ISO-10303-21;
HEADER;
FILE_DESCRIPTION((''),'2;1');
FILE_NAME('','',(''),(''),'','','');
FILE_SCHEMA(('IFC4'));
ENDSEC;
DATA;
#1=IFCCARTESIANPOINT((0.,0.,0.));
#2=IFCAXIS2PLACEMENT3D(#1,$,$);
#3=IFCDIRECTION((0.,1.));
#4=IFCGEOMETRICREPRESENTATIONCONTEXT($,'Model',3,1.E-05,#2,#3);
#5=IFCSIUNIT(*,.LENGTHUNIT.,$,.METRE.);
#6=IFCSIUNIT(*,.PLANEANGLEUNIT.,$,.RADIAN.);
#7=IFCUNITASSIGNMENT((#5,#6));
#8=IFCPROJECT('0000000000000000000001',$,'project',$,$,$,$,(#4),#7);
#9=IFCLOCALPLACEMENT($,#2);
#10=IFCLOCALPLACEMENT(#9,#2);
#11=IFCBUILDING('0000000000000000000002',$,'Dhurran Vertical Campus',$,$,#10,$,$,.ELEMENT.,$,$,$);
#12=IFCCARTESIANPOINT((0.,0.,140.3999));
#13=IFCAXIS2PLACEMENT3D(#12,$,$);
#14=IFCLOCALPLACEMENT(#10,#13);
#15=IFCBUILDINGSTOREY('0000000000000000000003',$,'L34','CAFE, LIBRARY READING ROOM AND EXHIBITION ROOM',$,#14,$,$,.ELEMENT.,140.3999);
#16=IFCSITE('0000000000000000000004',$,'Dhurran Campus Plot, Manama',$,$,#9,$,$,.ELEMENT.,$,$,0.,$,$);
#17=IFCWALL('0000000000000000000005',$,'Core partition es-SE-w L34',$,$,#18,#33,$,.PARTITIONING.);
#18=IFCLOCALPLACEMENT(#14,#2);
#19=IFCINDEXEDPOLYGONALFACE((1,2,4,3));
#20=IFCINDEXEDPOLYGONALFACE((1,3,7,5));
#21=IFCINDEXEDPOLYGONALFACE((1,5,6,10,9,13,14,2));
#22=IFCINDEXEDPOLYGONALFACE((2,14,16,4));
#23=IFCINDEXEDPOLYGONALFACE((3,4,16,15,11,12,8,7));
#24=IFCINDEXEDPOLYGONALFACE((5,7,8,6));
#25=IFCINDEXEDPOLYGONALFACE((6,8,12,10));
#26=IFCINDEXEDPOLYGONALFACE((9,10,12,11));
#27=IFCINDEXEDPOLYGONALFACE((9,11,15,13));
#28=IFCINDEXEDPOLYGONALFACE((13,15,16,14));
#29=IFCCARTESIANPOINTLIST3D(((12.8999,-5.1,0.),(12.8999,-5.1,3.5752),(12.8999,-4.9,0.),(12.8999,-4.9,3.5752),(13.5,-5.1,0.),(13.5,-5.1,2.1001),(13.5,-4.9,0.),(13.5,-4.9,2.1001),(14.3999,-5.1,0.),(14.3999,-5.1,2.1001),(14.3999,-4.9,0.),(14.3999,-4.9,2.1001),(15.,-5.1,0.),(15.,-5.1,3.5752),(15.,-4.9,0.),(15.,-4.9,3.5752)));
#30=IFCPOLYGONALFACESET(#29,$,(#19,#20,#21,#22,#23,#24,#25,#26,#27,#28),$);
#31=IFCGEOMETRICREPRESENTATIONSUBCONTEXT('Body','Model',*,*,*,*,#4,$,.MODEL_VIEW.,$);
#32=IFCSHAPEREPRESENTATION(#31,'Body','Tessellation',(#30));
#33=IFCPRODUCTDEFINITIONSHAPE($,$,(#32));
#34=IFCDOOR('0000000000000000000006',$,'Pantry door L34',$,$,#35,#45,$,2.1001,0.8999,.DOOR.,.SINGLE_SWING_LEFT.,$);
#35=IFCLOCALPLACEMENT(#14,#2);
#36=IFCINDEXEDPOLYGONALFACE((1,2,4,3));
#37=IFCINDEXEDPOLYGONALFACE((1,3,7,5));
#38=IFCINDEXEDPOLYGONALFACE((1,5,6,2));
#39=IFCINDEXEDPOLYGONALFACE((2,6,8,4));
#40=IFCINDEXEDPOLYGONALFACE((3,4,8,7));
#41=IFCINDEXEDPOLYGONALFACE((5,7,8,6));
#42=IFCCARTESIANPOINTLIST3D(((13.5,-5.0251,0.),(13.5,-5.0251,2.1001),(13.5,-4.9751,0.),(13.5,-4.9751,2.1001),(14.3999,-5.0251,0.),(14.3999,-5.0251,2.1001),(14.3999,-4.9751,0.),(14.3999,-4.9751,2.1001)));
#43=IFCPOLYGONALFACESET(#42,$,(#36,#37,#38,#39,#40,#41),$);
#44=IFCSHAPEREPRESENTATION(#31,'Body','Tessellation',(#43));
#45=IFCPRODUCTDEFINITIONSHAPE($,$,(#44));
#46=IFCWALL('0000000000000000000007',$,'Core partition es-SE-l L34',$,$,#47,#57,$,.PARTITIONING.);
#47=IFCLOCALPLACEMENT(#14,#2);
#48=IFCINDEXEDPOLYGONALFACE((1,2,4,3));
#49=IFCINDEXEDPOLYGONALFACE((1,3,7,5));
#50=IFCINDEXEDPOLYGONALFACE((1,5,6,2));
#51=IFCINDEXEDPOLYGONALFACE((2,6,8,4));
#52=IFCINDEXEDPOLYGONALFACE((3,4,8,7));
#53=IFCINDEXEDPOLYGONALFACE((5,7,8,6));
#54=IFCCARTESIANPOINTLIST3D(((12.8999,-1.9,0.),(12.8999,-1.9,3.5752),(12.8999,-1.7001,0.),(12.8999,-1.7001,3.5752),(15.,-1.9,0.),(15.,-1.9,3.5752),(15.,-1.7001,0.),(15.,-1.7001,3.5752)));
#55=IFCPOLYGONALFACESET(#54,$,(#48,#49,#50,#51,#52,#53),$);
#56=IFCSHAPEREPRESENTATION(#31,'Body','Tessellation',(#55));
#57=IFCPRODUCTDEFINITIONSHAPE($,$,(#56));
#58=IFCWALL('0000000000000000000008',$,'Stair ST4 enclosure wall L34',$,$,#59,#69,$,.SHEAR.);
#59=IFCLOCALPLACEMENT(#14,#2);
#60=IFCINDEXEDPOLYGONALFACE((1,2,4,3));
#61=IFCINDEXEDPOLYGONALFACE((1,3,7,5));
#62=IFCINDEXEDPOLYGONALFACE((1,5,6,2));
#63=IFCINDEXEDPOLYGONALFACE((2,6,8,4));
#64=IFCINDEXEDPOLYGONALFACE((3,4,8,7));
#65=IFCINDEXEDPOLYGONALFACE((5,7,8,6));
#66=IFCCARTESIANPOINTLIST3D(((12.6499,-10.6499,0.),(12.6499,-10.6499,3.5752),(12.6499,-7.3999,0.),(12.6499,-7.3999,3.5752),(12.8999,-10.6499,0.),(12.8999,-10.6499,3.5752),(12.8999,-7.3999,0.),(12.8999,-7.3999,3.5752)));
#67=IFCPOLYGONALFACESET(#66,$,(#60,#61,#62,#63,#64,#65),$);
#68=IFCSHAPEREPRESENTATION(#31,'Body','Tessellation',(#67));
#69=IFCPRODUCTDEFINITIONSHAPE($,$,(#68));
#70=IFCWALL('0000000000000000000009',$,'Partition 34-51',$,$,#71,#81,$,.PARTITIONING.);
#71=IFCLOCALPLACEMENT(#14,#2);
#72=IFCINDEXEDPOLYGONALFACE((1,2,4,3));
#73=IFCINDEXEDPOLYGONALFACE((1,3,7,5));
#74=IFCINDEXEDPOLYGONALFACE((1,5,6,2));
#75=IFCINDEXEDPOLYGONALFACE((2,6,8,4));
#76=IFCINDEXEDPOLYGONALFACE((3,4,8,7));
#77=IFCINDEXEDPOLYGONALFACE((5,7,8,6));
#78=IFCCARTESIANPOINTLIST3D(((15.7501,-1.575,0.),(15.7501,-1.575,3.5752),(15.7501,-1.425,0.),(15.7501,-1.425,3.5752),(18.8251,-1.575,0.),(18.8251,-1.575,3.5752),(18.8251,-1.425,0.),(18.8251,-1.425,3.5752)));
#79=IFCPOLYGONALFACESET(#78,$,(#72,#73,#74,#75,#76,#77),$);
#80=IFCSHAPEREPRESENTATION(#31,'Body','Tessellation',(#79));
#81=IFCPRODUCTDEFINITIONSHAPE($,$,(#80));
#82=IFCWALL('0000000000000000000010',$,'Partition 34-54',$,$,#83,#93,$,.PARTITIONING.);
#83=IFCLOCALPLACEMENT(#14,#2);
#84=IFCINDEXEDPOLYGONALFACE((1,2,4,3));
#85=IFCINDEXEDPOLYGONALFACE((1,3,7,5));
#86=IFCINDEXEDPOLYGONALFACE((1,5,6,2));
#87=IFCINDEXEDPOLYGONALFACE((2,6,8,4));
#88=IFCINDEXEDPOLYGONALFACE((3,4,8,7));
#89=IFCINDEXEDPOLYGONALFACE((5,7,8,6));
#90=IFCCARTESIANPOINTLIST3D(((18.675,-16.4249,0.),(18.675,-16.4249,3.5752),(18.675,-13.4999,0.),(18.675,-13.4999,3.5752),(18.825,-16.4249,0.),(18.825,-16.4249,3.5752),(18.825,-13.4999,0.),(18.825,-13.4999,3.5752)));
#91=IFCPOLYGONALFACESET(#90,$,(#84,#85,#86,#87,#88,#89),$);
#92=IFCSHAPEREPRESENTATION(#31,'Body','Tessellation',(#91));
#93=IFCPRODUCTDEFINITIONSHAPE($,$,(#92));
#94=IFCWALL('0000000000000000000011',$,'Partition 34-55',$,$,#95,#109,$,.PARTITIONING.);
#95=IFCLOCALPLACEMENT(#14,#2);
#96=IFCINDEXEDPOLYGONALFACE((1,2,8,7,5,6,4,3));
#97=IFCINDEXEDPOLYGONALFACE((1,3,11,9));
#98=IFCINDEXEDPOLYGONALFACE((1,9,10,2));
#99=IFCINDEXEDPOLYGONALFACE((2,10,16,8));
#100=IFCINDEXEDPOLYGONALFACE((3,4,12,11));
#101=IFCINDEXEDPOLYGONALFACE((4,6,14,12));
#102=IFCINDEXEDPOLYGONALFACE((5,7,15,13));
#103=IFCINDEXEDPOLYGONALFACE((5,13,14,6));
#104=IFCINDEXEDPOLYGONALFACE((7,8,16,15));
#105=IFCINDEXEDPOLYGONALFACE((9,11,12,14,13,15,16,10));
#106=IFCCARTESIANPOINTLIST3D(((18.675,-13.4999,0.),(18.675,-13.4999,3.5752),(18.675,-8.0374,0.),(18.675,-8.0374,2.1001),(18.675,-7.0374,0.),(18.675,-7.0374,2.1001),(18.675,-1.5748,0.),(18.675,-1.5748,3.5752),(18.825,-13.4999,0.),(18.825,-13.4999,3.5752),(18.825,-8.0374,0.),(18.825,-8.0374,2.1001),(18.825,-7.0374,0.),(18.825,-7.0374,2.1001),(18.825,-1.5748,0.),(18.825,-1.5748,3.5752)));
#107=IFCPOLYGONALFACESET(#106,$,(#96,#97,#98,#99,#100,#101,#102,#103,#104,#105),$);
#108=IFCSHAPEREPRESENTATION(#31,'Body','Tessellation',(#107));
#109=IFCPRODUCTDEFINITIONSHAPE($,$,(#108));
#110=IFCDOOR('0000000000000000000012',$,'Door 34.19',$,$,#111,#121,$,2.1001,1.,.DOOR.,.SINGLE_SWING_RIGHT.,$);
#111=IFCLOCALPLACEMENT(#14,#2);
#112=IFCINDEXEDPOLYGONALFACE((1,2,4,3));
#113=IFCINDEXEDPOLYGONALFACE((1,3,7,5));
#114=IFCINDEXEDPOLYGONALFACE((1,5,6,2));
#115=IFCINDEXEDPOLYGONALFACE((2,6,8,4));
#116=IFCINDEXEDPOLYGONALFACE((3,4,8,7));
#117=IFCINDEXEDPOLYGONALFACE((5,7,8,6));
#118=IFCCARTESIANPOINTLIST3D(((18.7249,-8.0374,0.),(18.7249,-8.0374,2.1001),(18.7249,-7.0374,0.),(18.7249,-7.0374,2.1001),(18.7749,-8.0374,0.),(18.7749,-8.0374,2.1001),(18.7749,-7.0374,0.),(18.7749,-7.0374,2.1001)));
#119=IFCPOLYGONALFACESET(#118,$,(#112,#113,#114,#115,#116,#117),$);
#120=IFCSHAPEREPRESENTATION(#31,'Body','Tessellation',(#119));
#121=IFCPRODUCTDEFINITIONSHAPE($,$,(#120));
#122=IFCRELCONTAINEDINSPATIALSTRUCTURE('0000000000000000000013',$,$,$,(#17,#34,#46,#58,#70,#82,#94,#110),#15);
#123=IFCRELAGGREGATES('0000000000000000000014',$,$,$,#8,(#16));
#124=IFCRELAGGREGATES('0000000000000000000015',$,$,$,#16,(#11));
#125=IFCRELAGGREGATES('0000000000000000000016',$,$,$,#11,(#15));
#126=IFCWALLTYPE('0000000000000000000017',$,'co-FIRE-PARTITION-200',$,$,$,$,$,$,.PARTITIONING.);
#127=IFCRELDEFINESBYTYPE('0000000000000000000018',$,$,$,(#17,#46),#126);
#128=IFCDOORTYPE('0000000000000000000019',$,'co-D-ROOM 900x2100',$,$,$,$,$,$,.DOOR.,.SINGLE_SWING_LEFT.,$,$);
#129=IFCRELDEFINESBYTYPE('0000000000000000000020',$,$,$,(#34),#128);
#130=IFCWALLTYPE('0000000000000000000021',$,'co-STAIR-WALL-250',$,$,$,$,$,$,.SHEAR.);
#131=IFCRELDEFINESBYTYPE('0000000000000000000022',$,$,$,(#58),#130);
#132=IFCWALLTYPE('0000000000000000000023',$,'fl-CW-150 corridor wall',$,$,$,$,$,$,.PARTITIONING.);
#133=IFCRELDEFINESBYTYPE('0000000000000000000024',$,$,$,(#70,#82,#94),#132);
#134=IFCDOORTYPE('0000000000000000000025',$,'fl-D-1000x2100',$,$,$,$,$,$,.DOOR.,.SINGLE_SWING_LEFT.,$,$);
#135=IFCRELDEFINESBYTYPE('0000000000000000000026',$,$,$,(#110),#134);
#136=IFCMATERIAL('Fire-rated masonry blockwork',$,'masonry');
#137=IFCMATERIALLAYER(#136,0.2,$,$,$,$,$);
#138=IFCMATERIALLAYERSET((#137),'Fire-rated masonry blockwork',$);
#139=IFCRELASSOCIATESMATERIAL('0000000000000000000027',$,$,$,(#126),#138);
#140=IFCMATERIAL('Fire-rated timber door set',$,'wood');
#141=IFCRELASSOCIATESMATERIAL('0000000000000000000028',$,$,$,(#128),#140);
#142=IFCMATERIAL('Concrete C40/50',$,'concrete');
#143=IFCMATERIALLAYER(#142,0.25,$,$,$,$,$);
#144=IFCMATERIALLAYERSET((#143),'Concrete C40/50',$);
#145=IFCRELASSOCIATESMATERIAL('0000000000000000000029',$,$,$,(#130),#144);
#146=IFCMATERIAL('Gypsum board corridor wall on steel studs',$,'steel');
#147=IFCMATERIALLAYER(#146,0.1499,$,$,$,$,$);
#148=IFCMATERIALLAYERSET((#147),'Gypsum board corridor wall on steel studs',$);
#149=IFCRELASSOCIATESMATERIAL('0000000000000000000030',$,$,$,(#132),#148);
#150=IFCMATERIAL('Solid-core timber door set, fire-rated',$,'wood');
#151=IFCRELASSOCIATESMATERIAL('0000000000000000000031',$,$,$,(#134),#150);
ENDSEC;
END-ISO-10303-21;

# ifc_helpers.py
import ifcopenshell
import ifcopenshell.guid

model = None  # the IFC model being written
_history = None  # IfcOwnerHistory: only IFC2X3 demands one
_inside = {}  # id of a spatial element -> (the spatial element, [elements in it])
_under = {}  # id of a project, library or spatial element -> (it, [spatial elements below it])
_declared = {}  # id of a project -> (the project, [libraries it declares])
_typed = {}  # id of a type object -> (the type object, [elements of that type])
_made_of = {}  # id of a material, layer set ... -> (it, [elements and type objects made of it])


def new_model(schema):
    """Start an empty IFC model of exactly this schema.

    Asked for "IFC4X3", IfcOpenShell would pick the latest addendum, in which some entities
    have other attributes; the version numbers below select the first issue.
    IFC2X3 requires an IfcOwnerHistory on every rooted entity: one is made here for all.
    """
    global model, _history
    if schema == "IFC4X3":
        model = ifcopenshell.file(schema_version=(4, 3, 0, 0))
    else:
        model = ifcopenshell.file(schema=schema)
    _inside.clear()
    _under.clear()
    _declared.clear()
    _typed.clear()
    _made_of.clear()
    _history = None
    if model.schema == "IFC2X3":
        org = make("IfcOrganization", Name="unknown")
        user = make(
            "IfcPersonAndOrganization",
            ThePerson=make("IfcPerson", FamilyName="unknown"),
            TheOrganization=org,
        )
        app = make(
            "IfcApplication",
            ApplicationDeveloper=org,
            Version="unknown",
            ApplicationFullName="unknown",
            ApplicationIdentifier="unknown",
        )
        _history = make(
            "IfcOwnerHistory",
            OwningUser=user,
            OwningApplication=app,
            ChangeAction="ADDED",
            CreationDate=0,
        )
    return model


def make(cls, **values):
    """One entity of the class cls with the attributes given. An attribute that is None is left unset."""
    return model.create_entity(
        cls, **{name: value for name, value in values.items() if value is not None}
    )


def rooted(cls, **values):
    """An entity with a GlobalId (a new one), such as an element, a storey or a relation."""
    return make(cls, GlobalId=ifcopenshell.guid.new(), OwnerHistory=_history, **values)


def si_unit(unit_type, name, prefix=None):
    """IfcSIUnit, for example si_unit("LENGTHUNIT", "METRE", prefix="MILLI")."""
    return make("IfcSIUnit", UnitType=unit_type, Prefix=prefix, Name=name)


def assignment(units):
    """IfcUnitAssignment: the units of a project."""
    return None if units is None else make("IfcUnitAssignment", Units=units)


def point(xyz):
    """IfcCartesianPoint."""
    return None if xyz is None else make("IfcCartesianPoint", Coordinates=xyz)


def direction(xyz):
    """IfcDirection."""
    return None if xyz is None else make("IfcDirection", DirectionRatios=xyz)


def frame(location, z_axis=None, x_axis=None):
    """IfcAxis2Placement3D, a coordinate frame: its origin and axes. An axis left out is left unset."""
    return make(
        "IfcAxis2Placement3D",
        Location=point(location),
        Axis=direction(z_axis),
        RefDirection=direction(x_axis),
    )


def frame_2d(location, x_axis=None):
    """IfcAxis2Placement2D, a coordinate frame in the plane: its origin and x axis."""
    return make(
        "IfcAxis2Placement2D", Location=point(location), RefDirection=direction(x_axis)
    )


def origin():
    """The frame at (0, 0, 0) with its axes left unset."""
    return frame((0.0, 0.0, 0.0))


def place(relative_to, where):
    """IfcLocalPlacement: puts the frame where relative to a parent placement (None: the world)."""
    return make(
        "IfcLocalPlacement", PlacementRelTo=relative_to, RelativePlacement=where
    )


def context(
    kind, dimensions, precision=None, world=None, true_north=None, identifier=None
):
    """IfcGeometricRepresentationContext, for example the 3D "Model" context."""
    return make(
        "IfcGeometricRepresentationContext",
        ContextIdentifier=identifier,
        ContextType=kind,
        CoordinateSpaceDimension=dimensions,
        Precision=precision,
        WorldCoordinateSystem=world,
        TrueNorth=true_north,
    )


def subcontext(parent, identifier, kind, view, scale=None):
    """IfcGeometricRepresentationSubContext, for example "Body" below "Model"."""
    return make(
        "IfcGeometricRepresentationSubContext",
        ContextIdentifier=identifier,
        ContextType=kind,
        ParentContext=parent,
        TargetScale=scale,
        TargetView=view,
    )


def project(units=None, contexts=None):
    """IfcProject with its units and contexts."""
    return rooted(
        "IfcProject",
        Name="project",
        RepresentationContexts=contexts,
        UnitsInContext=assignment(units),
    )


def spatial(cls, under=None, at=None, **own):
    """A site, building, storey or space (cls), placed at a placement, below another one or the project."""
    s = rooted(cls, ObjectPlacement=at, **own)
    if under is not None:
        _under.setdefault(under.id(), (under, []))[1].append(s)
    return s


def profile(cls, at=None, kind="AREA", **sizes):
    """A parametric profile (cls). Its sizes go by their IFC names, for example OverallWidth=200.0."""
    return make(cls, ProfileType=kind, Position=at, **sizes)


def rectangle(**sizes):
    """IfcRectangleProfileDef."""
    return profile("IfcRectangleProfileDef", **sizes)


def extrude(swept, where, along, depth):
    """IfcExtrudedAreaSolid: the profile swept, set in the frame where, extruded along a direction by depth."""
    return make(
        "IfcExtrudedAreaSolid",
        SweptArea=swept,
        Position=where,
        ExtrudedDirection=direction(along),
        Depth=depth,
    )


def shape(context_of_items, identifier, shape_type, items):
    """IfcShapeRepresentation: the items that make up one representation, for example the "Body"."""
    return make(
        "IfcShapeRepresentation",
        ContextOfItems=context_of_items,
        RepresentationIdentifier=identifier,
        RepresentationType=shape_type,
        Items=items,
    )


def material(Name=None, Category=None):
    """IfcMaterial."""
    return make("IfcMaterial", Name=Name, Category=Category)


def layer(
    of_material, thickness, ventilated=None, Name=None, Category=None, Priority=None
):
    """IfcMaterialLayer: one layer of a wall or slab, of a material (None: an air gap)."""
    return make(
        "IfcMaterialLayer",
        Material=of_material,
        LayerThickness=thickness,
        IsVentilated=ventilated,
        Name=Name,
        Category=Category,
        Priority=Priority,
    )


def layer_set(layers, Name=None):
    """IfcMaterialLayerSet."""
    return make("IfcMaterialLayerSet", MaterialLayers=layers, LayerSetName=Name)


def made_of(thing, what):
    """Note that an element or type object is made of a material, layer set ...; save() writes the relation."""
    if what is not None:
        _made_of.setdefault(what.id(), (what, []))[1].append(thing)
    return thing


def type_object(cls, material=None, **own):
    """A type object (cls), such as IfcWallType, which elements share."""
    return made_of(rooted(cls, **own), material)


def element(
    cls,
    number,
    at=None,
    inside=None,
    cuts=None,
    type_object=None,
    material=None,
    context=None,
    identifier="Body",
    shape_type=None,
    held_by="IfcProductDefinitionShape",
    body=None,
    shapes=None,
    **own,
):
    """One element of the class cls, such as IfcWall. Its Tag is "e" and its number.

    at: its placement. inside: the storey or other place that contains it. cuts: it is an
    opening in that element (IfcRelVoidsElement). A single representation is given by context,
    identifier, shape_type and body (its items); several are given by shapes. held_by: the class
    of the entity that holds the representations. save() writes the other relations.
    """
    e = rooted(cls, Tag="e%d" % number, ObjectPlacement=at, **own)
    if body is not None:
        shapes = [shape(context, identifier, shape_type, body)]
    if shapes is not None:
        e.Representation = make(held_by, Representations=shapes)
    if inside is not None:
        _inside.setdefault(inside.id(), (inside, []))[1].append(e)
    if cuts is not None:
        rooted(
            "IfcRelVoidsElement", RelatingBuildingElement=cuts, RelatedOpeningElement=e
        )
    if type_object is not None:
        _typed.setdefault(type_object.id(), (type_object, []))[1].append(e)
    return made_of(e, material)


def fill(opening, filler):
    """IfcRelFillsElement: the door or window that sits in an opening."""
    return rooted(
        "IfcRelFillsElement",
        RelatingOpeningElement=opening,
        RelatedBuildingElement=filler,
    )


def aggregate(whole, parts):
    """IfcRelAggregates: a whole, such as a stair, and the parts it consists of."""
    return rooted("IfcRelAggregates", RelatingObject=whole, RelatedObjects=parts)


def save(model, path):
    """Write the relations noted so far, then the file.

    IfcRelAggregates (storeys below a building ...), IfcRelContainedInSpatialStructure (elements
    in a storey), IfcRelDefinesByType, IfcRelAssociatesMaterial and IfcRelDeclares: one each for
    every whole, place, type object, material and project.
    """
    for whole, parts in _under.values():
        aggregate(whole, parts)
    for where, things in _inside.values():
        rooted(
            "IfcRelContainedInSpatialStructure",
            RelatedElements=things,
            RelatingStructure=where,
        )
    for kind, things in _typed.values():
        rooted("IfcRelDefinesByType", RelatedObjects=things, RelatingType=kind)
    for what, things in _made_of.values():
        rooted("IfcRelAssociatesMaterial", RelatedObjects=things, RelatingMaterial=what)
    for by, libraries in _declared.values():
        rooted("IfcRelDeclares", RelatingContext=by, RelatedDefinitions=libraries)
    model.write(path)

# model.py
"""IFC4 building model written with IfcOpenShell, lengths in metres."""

from ifc_helpers import new_model, si_unit, direction, frame, frame_2d, origin, place, context, subcontext, project, spatial, rectangle, extrude, material, layer, layer_set, type_object, element, fill, save


model = new_model("IFC4")

# Units and contexts
model_context = context("Model", 3, precision=1e-05, world=origin(), true_north=direction((0.0, 1.0)))
body_context = subcontext(model_context, "Body", "Model", "MODEL_VIEW")
ifc_project = project(units=[si_unit("LENGTHUNIT", "METRE"), si_unit("PLANEANGLEUNIT", "RADIAN")], contexts=[model_context])

# Site, building, storey
site_placement = place(None, origin())
site = spatial("IfcSite", under=ifc_project, at=site_placement, Name="Dhurran Campus Plot, Manama", CompositionType="ELEMENT", RefElevation=0.0)
building_placement = place(site_placement, origin())
building = spatial("IfcBuilding", under=site, at=building_placement, Name="Dhurran Vertical Campus", CompositionType="ELEMENT")
storey_placement = place(building_placement, frame((0.0, 0.0, 140.3999)))
storey = spatial("IfcBuildingStorey", under=building, at=storey_placement, Name="L34", Description="CAFE, LIBRARY READING ROOM AND EXHIBITION ROOM", CompositionType="ELEMENT", Elevation=140.3999)

# Shared definitions
ifc_material_1 = material(Name="Fire-rated masonry blockwork", Category="masonry")
ifc_layer_1 = layer(ifc_material_1, 0.2)
ifc_layer_set_1 = layer_set([ifc_layer_1], Name="Fire-rated masonry blockwork")
wall_type_1 = type_object("IfcWallType", Name="co-FIRE-PARTITION-200", PredefinedType="PARTITIONING", material=ifc_layer_set_1)

# Wall, opening, door
ifc_material_2 = material(Name="Fire-rated timber door set", Category="wood")
door_type_1 = type_object("IfcDoorType", Name="co-D-ROOM 900x2100", OperationType="SINGLE_SWING_LEFT", PredefinedType="DOOR", material=ifc_material_2)
wall_1_placement = place(storey_placement, frame((12.8999, -5.0, 0.0), z_axis=(0.0, 0.0, 1.0), x_axis=(1.0, 0.0, 0.0)))
wall_1 = element("IfcWall", 1, at=wall_1_placement, inside=storey, type_object=wall_type_1, Name="Core partition es-SE-w L34", PredefinedType="PARTITIONING", context=body_context, shape_type="SweptSolid", body=[
    extrude(rectangle(XDim=2.1001, YDim=0.2, at=frame_2d((1.05, 0.0))), origin(), (0.0, 0.0, 1.0), 3.5752),
])
opening_1_placement = place(wall_1_placement, frame((0.6001, 0.0, 0.0)))
opening_1 = element("IfcOpeningElement", 2, at=opening_1_placement, cuts=wall_1, PredefinedType="OPENING", context=body_context, shape_type="SweptSolid", body=[
    extrude(rectangle(XDim=0.8999, YDim=2.1001, at=frame_2d((0.45, 1.05))), frame((0.0, 0.1099, 0.0), z_axis=(0.0, -1.0, 0.0), x_axis=(1.0, 0.0, 0.0)), (0.0, 0.0, 1.0), 0.22),
])
door_1_placement = place(opening_1_placement, origin())
door_1 = element("IfcDoor", 3, at=door_1_placement, inside=storey, type_object=door_type_1, Name="Pantry door L34", OperationType="SINGLE_SWING_LEFT", OverallHeight=2.1001, OverallWidth=0.8999, PredefinedType="DOOR", context=body_context, shape_type="SweptSolid", body=[
    extrude(rectangle(XDim=0.8999, YDim=2.1001, at=frame_2d((0.45, 1.05))), frame((0.0, 0.0249, 0.0), z_axis=(0.0, -1.0, 0.0), x_axis=(1.0, 0.0, 0.0)), (0.0, 0.0, 1.0), 0.05),
])
fill(opening_1, door_1)

# Walls
wall_2_placement = place(storey_placement, frame((12.8999, -1.8, 0.0), z_axis=(0.0, 0.0, 1.0), x_axis=(1.0, 0.0, 0.0)))
element("IfcWall", 4, at=wall_2_placement, inside=storey, type_object=wall_type_1, Name="Core partition es-SE-l L34", PredefinedType="PARTITIONING", context=body_context, shape_type="SweptSolid", body=[
    extrude(rectangle(XDim=2.1001, YDim=0.2, at=frame_2d((1.05, 0.0))), origin(), (0.0, 0.0, 1.0), 3.5752),
])
ifc_material_3 = material(Name="Concrete C40/50", Category="concrete")
ifc_layer_2 = layer(ifc_material_3, 0.25)
ifc_layer_set_2 = layer_set([ifc_layer_2], Name="Concrete C40/50")
wall_type_2 = type_object("IfcWallType", Name="co-STAIR-WALL-250", PredefinedType="SHEAR", material=ifc_layer_set_2)
wall_3_placement = place(storey_placement, frame((12.7749, -10.6499, 0.0), z_axis=(0.0, 0.0, 1.0), x_axis=(0.0, 1.0, 0.0)))
element("IfcWall", 5, at=wall_3_placement, inside=storey, type_object=wall_type_2, Name="Stair ST4 enclosure wall L34", PredefinedType="SHEAR", context=body_context, shape_type="SweptSolid", body=[
    extrude(rectangle(XDim=3.25, YDim=0.25, at=frame_2d((1.625, 0.0))), origin(), (0.0, 0.0, 1.0), 3.5752),
])
ifc_material_4 = material(Name="Gypsum board corridor wall on steel studs", Category="steel")
ifc_layer_3 = layer(ifc_material_4, 0.1499)
ifc_layer_set_3 = layer_set([ifc_layer_3], Name="Gypsum board corridor wall on steel studs")
wall_type_3 = type_object("IfcWallType", Name="fl-CW-150 corridor wall", PredefinedType="PARTITIONING", material=ifc_layer_set_3)
wall_4_placement = place(storey_placement, frame((15.75, -1.5, 0.0), z_axis=(0.0, 0.0, 1.0), x_axis=(1.0, 0.0, 0.0)))
element("IfcWall", 6, at=wall_4_placement, inside=storey, type_object=wall_type_3, Name="Partition 34-51", PredefinedType="PARTITIONING", context=body_context, shape_type="SweptSolid", body=[
    extrude(rectangle(XDim=3.075, YDim=0.1499, at=frame_2d((1.5376, 0.0))), origin(), (0.0, 0.0, 1.0), 3.5752),
])
wall_5_placement = place(storey_placement, frame((18.75, -13.5, 0.0), z_axis=(0.0, 0.0, 1.0), x_axis=(0.0, -1.0, 0.0)))
element("IfcWall", 7, at=wall_5_placement, inside=storey, type_object=wall_type_3, Name="Partition 34-54", PredefinedType="PARTITIONING", context=body_context, shape_type="SweptSolid", body=[
    extrude(rectangle(XDim=2.925, YDim=0.1499, at=frame_2d((1.4624, 0.0))), origin(), (0.0, 0.0, 1.0), 3.5752),
])

# Wall, opening, door
wall_6_placement = place(storey_placement, frame((18.75, -1.575, 0.0), z_axis=(0.0, 0.0, 1.0), x_axis=(0.0, -1.0, 0.0)))
wall_6 = element("IfcWall", 8, at=wall_6_placement, inside=storey, type_object=wall_type_3, Name="Partition 34-55", PredefinedType="PARTITIONING", context=body_context, shape_type="SweptSolid", body=[
    extrude(rectangle(XDim=11.925, YDim=0.1499, at=frame_2d((5.9624, 0.0))), origin(), (0.0, 0.0, 1.0), 3.5752),
])
opening_2_placement = place(wall_6_placement, frame((5.4624, 0.0, 0.0)))
opening_2 = element("IfcOpeningElement", 9, at=opening_2_placement, cuts=wall_6, PredefinedType="OPENING", context=body_context, shape_type="SweptSolid", body=[
    extrude(rectangle(XDim=1.0, YDim=2.1001, at=frame_2d((0.5, 1.05))), frame((0.0, 0.085, 0.0), z_axis=(0.0, -1.0, 0.0), x_axis=(1.0, 0.0, 0.0)), (0.0, 0.0, 1.0), 0.1699),
])
ifc_material_5 = material(Name="Solid-core timber door set, fire-rated", Category="wood")
door_type_2 = type_object("IfcDoorType", Name="fl-D-1000x2100", OperationType="SINGLE_SWING_LEFT", PredefinedType="DOOR", material=ifc_material_5)
door_2_placement = place(opening_2_placement, origin())
door_2 = element("IfcDoor", 10, at=door_2_placement, inside=storey, type_object=door_type_2, Name="Door 34.19", OperationType="SINGLE_SWING_RIGHT", OverallHeight=2.1001, OverallWidth=1.0, PredefinedType="DOOR", context=body_context, shape_type="SweptSolid", body=[
    extrude(rectangle(XDim=1.0, YDim=2.1001, at=frame_2d((0.5, 1.05))), frame((0.0, 0.0249, 0.0), z_axis=(0.0, -1.0, 0.0), x_axis=(1.0, 0.0, 0.0)), (0.0, 0.0, 1.0), 0.05),
])
fill(opening_2, door_2)

save(model, "model.ifc")
